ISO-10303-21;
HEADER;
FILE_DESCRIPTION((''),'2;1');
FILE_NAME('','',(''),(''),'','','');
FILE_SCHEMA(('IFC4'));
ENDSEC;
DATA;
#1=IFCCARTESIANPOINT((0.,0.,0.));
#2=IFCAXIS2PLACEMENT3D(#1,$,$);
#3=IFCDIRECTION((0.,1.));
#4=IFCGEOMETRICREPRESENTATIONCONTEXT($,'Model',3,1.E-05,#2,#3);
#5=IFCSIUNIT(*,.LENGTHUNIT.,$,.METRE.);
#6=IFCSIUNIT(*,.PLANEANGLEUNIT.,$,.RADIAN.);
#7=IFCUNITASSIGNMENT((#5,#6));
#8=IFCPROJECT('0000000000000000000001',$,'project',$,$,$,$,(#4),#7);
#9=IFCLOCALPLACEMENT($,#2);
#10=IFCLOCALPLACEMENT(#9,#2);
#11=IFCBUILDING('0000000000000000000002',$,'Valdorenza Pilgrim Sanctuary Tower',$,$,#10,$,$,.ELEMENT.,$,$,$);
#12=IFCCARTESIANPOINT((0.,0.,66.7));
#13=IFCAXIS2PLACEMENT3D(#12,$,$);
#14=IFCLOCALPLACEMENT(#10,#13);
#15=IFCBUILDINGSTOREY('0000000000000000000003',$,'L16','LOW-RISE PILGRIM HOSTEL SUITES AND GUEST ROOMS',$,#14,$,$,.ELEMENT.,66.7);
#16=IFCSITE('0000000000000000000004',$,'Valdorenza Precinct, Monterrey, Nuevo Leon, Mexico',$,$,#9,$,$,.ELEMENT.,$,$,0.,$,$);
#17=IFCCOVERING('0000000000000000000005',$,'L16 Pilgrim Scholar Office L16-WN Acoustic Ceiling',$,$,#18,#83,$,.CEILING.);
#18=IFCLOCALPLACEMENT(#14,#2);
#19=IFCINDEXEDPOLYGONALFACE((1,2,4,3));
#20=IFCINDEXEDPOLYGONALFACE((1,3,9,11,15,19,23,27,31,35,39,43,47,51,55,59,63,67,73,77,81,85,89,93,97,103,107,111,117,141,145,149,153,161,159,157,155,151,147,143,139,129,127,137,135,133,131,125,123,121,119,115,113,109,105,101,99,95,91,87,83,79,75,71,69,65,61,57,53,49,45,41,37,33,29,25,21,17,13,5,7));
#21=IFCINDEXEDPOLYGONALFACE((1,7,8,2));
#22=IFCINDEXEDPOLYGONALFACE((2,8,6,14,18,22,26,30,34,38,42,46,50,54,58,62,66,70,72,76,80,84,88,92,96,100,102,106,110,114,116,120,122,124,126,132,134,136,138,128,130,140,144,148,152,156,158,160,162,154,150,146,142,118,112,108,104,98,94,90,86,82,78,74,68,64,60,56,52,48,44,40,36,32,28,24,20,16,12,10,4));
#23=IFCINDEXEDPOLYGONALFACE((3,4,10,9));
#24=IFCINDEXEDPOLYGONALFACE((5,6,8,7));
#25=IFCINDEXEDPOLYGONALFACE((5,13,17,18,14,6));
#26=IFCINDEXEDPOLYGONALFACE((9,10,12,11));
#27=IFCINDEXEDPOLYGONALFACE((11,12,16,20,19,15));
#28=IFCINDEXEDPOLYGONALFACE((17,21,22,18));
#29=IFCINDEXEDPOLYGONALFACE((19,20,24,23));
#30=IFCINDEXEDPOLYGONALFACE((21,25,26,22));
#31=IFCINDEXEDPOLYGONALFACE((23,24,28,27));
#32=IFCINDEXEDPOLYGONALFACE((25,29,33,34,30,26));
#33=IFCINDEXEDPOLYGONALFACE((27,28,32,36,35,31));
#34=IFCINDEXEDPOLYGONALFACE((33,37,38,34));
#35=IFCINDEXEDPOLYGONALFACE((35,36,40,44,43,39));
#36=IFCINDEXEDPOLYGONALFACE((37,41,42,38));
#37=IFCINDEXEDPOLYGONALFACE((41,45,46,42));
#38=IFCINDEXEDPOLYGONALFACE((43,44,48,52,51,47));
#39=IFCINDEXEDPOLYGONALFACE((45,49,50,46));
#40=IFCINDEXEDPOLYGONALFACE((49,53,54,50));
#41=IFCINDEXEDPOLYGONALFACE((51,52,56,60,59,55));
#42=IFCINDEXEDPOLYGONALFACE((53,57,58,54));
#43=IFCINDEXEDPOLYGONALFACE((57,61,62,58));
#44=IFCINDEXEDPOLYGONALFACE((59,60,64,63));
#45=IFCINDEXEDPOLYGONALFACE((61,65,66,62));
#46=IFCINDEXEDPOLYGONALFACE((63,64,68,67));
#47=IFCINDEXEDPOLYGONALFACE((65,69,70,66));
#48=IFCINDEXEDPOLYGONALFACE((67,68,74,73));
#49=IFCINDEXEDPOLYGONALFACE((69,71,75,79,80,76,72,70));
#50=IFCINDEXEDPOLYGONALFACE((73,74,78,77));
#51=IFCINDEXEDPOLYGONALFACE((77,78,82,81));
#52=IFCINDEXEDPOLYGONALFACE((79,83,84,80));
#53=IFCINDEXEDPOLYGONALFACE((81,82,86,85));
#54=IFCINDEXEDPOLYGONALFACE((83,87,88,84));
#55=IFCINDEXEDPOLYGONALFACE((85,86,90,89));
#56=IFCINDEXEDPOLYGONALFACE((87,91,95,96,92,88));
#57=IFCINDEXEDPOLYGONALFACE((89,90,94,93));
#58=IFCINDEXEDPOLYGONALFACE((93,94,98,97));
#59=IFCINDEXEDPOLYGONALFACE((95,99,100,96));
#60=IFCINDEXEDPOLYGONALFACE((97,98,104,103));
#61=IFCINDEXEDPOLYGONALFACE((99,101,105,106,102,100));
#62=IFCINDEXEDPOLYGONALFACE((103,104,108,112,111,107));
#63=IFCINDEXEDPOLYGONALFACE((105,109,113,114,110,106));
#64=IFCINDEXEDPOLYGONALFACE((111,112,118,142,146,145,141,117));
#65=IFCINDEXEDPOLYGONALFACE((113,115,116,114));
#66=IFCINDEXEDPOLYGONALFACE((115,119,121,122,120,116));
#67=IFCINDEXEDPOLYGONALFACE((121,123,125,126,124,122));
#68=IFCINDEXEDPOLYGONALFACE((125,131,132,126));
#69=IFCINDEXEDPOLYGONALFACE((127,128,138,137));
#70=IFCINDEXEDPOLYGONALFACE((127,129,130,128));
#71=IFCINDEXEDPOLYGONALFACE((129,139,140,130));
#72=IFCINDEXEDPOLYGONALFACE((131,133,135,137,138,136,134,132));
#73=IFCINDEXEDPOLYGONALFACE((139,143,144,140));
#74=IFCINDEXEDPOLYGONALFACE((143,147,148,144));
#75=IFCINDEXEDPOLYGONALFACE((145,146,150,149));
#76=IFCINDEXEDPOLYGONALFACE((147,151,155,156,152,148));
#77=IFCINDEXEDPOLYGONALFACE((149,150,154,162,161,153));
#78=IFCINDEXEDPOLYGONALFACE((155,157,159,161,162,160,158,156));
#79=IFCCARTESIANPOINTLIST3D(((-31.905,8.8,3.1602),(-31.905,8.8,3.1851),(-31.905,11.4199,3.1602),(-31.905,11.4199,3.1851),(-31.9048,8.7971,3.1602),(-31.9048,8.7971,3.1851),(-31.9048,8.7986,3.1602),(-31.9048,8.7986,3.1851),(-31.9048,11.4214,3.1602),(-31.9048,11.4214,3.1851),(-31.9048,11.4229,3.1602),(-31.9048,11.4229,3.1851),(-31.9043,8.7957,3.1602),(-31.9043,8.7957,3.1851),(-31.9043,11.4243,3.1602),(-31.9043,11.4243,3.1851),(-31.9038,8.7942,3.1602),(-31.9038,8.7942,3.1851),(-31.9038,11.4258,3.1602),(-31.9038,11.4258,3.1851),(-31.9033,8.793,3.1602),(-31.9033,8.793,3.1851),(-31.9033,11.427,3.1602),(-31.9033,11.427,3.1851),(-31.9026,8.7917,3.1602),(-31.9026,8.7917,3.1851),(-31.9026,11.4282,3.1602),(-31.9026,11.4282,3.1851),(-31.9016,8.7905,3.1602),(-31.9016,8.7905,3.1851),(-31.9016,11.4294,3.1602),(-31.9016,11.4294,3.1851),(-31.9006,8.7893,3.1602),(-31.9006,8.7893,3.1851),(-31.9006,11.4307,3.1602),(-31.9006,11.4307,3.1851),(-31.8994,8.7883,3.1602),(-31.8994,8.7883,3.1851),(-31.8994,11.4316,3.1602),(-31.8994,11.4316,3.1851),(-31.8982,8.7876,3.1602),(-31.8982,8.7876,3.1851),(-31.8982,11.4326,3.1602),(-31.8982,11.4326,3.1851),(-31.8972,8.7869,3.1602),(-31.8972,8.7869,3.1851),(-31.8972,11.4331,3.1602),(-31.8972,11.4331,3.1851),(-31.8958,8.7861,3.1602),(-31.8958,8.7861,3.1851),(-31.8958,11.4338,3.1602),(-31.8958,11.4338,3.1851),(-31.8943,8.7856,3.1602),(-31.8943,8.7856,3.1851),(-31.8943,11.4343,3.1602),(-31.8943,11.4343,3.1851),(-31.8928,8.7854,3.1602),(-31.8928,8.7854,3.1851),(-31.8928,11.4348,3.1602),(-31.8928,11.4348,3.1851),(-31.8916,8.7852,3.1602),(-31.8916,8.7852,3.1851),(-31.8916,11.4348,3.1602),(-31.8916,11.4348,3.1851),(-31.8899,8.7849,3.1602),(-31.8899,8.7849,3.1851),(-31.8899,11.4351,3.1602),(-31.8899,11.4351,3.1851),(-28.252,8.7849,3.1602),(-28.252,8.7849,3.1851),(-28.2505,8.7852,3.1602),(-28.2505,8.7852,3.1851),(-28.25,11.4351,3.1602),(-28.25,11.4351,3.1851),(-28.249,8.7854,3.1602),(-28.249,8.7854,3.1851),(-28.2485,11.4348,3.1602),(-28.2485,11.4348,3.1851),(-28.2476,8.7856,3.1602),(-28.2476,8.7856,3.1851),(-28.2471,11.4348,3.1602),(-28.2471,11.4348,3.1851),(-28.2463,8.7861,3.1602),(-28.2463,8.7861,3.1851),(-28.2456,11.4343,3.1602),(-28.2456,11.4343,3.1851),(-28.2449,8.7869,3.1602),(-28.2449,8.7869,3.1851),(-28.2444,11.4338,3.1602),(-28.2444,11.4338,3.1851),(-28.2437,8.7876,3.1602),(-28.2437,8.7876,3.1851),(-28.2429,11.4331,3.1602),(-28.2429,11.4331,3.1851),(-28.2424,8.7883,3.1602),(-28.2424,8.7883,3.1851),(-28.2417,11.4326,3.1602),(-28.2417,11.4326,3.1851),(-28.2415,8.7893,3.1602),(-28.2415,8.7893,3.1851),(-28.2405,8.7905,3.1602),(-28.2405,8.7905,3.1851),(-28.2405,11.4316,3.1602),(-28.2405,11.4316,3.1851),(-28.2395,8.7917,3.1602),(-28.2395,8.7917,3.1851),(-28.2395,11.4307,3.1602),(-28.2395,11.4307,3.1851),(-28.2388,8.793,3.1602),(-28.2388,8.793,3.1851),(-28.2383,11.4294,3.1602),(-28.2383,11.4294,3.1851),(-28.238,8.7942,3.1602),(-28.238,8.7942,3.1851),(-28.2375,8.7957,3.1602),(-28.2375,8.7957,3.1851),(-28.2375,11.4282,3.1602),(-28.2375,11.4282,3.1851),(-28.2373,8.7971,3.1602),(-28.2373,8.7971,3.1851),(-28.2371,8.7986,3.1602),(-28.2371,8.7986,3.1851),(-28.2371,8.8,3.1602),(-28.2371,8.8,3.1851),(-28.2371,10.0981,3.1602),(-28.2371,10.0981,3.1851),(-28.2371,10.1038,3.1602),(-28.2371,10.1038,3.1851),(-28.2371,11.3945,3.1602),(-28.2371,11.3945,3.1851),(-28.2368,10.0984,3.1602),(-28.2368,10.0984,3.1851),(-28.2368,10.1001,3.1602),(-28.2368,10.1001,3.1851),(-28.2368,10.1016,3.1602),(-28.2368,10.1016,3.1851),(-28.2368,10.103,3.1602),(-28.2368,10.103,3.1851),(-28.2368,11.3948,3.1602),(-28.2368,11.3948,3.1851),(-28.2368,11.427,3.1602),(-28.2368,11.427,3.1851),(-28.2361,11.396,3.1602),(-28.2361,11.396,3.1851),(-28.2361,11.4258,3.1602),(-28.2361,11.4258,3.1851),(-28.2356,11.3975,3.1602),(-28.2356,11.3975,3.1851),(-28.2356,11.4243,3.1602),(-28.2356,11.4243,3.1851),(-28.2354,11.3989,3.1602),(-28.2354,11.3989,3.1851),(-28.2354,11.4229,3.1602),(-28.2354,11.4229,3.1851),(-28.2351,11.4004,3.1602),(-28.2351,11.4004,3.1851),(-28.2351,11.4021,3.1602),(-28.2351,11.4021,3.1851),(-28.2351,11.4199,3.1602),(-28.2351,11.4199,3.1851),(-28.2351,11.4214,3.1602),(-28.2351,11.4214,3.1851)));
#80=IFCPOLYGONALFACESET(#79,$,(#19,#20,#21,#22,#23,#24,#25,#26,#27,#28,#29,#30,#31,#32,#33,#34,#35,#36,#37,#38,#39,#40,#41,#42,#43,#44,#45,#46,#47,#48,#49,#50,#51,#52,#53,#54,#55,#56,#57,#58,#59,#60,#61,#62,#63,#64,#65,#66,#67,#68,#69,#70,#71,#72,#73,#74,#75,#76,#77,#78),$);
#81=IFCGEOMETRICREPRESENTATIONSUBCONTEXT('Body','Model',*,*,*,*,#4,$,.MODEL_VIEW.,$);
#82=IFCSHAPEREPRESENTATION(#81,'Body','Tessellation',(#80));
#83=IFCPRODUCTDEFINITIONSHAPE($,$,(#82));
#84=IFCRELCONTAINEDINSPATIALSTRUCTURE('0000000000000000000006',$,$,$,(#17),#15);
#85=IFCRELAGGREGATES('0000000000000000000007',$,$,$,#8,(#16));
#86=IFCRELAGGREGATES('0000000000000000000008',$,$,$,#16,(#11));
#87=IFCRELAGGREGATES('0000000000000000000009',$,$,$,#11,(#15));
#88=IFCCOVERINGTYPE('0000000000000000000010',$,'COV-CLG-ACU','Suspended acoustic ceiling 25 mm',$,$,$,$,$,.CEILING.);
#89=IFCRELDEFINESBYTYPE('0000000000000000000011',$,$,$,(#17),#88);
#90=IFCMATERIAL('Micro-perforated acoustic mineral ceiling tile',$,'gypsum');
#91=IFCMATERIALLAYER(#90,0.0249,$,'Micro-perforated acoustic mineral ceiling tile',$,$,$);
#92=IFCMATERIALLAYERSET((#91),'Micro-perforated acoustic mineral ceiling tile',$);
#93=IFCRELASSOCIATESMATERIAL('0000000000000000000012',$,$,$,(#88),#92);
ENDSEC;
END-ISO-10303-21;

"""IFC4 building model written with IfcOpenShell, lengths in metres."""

from ifc_helpers import new_model, si_unit, direction, frame, origin, place, context, subcontext, project, spatial, polyline, outline, extrude, material, layer, layer_set, type_object, element, save


model = new_model("IFC4")

# Units and contexts
model_context = context("Model", 3, precision=1e-05, world=origin(), true_north=direction((0.0, 1.0)))
body_context = subcontext(model_context, "Body", "Model", "MODEL_VIEW")
ifc_project = project(units=[si_unit("LENGTHUNIT", "METRE"), si_unit("PLANEANGLEUNIT", "RADIAN")], contexts=[model_context])

# Site, building, storey
site_placement = place(None, origin())
site = spatial("IfcSite", under=ifc_project, at=site_placement, Name="Valdorenza Precinct, Monterrey, Nuevo Leon, Mexico", CompositionType="ELEMENT", RefElevation=0.0)
building_placement = place(site_placement, origin())
building = spatial("IfcBuilding", under=site, at=building_placement, Name="Valdorenza Pilgrim Sanctuary Tower", CompositionType="ELEMENT")
storey_placement = place(building_placement, frame((0.0, 0.0, 66.7)))
storey = spatial("IfcBuildingStorey", under=building, at=storey_placement, Name="L16", Description="LOW-RISE PILGRIM HOSTEL SUITES AND GUEST ROOMS", CompositionType="ELEMENT", Elevation=66.7)

# Covering
ifc_material_1 = material(Name="Micro-perforated acoustic mineral ceiling tile", Category="gypsum")
ifc_layer_1 = layer(ifc_material_1, 0.0249, Name="Micro-perforated acoustic mineral ceiling tile")
ifc_layer_set_1 = layer_set([ifc_layer_1], Name="Micro-perforated acoustic mineral ceiling tile")
covering_type_1 = type_object("IfcCoveringType", Name="COV-CLG-ACU", Description="Suspended acoustic ceiling 25 mm", PredefinedType="CEILING", material=ifc_layer_set_1)
covering_1_placement = place(storey_placement, frame((0.0, 0.0, 3.1602)))
element("IfcCovering", 1, at=covering_1_placement, inside=storey, type_object=covering_type_1, Name="L16 Pilgrim Scholar Office L16-WN Acoustic Ceiling", PredefinedType="CEILING", context=body_context, shape_type="SweptSolid", body=[
    extrude(outline(polyline([(-28.2371, 11.3945), (-28.2371, 10.1038), (-28.2368, 10.103), (-28.2368, 10.1016), (-28.2368, 10.1001), (-28.2368, 10.0984), (-28.2371, 10.0981), (-28.2371, 8.8), (-28.2371, 8.7986), (-28.2373, 8.7971), (-28.2375, 8.7957), (-28.238, 8.7942), (-28.2388, 8.793), (-28.2395, 8.7917), (-28.2405, 8.7905), (-28.2415, 8.7893), (-28.2424, 8.7883), (-28.2437, 8.7876), (-28.2449, 8.7869), (-28.2463, 8.7861), (-28.2476, 8.7856), (-28.249, 8.7854), (-28.2505, 8.7852), (-28.252, 8.7849), (-31.8899, 8.7849), (-31.8916, 8.7852), (-31.8928, 8.7854), (-31.8943, 8.7856), (-31.8958, 8.7861), (-31.8972, 8.7869), (-31.8982, 8.7876), (-31.8994, 8.7883), (-31.9006, 8.7893), (-31.9016, 8.7905), (-31.9026, 8.7917), (-31.9033, 8.793), (-31.9038, 8.7942), (-31.9043, 8.7957), (-31.9048, 8.7971), (-31.9048, 8.7986), (-31.905, 8.8), (-31.905, 11.4199), (-31.9048, 11.4214), (-31.9048, 11.4229), (-31.9043, 11.4243), (-31.9038, 11.4258), (-31.9033, 11.427), (-31.9026, 11.4282), (-31.9016, 11.4294), (-31.9006, 11.4307), (-31.8994, 11.4316), (-31.8982, 11.4326), (-31.8972, 11.4331), (-31.8958, 11.4338), (-31.8943, 11.4343), (-31.8928, 11.4348), (-31.8916, 11.4348), (-31.8899, 11.4351), (-28.25, 11.4351), (-28.2485, 11.4348), (-28.2471, 11.4348), (-28.2456, 11.4343), (-28.2444, 11.4338), (-28.2429, 11.4331), (-28.2417, 11.4326), (-28.2405, 11.4316), (-28.2395, 11.4307), (-28.2383, 11.4294), (-28.2375, 11.4282), (-28.2368, 11.427), (-28.2361, 11.4258), (-28.2356, 11.4243), (-28.2354, 11.4229), (-28.2351, 11.4214), (-28.2351, 11.4199), (-28.2351, 11.4021), (-28.2351, 11.4004), (-28.2354, 11.3989), (-28.2356, 11.3975), (-28.2361, 11.396), (-28.2368, 11.3948), (-28.2371, 11.3945)])), origin(), (0.0, 0.0, 1.0), 0.0249),
])

save(model, "model.ifc")
